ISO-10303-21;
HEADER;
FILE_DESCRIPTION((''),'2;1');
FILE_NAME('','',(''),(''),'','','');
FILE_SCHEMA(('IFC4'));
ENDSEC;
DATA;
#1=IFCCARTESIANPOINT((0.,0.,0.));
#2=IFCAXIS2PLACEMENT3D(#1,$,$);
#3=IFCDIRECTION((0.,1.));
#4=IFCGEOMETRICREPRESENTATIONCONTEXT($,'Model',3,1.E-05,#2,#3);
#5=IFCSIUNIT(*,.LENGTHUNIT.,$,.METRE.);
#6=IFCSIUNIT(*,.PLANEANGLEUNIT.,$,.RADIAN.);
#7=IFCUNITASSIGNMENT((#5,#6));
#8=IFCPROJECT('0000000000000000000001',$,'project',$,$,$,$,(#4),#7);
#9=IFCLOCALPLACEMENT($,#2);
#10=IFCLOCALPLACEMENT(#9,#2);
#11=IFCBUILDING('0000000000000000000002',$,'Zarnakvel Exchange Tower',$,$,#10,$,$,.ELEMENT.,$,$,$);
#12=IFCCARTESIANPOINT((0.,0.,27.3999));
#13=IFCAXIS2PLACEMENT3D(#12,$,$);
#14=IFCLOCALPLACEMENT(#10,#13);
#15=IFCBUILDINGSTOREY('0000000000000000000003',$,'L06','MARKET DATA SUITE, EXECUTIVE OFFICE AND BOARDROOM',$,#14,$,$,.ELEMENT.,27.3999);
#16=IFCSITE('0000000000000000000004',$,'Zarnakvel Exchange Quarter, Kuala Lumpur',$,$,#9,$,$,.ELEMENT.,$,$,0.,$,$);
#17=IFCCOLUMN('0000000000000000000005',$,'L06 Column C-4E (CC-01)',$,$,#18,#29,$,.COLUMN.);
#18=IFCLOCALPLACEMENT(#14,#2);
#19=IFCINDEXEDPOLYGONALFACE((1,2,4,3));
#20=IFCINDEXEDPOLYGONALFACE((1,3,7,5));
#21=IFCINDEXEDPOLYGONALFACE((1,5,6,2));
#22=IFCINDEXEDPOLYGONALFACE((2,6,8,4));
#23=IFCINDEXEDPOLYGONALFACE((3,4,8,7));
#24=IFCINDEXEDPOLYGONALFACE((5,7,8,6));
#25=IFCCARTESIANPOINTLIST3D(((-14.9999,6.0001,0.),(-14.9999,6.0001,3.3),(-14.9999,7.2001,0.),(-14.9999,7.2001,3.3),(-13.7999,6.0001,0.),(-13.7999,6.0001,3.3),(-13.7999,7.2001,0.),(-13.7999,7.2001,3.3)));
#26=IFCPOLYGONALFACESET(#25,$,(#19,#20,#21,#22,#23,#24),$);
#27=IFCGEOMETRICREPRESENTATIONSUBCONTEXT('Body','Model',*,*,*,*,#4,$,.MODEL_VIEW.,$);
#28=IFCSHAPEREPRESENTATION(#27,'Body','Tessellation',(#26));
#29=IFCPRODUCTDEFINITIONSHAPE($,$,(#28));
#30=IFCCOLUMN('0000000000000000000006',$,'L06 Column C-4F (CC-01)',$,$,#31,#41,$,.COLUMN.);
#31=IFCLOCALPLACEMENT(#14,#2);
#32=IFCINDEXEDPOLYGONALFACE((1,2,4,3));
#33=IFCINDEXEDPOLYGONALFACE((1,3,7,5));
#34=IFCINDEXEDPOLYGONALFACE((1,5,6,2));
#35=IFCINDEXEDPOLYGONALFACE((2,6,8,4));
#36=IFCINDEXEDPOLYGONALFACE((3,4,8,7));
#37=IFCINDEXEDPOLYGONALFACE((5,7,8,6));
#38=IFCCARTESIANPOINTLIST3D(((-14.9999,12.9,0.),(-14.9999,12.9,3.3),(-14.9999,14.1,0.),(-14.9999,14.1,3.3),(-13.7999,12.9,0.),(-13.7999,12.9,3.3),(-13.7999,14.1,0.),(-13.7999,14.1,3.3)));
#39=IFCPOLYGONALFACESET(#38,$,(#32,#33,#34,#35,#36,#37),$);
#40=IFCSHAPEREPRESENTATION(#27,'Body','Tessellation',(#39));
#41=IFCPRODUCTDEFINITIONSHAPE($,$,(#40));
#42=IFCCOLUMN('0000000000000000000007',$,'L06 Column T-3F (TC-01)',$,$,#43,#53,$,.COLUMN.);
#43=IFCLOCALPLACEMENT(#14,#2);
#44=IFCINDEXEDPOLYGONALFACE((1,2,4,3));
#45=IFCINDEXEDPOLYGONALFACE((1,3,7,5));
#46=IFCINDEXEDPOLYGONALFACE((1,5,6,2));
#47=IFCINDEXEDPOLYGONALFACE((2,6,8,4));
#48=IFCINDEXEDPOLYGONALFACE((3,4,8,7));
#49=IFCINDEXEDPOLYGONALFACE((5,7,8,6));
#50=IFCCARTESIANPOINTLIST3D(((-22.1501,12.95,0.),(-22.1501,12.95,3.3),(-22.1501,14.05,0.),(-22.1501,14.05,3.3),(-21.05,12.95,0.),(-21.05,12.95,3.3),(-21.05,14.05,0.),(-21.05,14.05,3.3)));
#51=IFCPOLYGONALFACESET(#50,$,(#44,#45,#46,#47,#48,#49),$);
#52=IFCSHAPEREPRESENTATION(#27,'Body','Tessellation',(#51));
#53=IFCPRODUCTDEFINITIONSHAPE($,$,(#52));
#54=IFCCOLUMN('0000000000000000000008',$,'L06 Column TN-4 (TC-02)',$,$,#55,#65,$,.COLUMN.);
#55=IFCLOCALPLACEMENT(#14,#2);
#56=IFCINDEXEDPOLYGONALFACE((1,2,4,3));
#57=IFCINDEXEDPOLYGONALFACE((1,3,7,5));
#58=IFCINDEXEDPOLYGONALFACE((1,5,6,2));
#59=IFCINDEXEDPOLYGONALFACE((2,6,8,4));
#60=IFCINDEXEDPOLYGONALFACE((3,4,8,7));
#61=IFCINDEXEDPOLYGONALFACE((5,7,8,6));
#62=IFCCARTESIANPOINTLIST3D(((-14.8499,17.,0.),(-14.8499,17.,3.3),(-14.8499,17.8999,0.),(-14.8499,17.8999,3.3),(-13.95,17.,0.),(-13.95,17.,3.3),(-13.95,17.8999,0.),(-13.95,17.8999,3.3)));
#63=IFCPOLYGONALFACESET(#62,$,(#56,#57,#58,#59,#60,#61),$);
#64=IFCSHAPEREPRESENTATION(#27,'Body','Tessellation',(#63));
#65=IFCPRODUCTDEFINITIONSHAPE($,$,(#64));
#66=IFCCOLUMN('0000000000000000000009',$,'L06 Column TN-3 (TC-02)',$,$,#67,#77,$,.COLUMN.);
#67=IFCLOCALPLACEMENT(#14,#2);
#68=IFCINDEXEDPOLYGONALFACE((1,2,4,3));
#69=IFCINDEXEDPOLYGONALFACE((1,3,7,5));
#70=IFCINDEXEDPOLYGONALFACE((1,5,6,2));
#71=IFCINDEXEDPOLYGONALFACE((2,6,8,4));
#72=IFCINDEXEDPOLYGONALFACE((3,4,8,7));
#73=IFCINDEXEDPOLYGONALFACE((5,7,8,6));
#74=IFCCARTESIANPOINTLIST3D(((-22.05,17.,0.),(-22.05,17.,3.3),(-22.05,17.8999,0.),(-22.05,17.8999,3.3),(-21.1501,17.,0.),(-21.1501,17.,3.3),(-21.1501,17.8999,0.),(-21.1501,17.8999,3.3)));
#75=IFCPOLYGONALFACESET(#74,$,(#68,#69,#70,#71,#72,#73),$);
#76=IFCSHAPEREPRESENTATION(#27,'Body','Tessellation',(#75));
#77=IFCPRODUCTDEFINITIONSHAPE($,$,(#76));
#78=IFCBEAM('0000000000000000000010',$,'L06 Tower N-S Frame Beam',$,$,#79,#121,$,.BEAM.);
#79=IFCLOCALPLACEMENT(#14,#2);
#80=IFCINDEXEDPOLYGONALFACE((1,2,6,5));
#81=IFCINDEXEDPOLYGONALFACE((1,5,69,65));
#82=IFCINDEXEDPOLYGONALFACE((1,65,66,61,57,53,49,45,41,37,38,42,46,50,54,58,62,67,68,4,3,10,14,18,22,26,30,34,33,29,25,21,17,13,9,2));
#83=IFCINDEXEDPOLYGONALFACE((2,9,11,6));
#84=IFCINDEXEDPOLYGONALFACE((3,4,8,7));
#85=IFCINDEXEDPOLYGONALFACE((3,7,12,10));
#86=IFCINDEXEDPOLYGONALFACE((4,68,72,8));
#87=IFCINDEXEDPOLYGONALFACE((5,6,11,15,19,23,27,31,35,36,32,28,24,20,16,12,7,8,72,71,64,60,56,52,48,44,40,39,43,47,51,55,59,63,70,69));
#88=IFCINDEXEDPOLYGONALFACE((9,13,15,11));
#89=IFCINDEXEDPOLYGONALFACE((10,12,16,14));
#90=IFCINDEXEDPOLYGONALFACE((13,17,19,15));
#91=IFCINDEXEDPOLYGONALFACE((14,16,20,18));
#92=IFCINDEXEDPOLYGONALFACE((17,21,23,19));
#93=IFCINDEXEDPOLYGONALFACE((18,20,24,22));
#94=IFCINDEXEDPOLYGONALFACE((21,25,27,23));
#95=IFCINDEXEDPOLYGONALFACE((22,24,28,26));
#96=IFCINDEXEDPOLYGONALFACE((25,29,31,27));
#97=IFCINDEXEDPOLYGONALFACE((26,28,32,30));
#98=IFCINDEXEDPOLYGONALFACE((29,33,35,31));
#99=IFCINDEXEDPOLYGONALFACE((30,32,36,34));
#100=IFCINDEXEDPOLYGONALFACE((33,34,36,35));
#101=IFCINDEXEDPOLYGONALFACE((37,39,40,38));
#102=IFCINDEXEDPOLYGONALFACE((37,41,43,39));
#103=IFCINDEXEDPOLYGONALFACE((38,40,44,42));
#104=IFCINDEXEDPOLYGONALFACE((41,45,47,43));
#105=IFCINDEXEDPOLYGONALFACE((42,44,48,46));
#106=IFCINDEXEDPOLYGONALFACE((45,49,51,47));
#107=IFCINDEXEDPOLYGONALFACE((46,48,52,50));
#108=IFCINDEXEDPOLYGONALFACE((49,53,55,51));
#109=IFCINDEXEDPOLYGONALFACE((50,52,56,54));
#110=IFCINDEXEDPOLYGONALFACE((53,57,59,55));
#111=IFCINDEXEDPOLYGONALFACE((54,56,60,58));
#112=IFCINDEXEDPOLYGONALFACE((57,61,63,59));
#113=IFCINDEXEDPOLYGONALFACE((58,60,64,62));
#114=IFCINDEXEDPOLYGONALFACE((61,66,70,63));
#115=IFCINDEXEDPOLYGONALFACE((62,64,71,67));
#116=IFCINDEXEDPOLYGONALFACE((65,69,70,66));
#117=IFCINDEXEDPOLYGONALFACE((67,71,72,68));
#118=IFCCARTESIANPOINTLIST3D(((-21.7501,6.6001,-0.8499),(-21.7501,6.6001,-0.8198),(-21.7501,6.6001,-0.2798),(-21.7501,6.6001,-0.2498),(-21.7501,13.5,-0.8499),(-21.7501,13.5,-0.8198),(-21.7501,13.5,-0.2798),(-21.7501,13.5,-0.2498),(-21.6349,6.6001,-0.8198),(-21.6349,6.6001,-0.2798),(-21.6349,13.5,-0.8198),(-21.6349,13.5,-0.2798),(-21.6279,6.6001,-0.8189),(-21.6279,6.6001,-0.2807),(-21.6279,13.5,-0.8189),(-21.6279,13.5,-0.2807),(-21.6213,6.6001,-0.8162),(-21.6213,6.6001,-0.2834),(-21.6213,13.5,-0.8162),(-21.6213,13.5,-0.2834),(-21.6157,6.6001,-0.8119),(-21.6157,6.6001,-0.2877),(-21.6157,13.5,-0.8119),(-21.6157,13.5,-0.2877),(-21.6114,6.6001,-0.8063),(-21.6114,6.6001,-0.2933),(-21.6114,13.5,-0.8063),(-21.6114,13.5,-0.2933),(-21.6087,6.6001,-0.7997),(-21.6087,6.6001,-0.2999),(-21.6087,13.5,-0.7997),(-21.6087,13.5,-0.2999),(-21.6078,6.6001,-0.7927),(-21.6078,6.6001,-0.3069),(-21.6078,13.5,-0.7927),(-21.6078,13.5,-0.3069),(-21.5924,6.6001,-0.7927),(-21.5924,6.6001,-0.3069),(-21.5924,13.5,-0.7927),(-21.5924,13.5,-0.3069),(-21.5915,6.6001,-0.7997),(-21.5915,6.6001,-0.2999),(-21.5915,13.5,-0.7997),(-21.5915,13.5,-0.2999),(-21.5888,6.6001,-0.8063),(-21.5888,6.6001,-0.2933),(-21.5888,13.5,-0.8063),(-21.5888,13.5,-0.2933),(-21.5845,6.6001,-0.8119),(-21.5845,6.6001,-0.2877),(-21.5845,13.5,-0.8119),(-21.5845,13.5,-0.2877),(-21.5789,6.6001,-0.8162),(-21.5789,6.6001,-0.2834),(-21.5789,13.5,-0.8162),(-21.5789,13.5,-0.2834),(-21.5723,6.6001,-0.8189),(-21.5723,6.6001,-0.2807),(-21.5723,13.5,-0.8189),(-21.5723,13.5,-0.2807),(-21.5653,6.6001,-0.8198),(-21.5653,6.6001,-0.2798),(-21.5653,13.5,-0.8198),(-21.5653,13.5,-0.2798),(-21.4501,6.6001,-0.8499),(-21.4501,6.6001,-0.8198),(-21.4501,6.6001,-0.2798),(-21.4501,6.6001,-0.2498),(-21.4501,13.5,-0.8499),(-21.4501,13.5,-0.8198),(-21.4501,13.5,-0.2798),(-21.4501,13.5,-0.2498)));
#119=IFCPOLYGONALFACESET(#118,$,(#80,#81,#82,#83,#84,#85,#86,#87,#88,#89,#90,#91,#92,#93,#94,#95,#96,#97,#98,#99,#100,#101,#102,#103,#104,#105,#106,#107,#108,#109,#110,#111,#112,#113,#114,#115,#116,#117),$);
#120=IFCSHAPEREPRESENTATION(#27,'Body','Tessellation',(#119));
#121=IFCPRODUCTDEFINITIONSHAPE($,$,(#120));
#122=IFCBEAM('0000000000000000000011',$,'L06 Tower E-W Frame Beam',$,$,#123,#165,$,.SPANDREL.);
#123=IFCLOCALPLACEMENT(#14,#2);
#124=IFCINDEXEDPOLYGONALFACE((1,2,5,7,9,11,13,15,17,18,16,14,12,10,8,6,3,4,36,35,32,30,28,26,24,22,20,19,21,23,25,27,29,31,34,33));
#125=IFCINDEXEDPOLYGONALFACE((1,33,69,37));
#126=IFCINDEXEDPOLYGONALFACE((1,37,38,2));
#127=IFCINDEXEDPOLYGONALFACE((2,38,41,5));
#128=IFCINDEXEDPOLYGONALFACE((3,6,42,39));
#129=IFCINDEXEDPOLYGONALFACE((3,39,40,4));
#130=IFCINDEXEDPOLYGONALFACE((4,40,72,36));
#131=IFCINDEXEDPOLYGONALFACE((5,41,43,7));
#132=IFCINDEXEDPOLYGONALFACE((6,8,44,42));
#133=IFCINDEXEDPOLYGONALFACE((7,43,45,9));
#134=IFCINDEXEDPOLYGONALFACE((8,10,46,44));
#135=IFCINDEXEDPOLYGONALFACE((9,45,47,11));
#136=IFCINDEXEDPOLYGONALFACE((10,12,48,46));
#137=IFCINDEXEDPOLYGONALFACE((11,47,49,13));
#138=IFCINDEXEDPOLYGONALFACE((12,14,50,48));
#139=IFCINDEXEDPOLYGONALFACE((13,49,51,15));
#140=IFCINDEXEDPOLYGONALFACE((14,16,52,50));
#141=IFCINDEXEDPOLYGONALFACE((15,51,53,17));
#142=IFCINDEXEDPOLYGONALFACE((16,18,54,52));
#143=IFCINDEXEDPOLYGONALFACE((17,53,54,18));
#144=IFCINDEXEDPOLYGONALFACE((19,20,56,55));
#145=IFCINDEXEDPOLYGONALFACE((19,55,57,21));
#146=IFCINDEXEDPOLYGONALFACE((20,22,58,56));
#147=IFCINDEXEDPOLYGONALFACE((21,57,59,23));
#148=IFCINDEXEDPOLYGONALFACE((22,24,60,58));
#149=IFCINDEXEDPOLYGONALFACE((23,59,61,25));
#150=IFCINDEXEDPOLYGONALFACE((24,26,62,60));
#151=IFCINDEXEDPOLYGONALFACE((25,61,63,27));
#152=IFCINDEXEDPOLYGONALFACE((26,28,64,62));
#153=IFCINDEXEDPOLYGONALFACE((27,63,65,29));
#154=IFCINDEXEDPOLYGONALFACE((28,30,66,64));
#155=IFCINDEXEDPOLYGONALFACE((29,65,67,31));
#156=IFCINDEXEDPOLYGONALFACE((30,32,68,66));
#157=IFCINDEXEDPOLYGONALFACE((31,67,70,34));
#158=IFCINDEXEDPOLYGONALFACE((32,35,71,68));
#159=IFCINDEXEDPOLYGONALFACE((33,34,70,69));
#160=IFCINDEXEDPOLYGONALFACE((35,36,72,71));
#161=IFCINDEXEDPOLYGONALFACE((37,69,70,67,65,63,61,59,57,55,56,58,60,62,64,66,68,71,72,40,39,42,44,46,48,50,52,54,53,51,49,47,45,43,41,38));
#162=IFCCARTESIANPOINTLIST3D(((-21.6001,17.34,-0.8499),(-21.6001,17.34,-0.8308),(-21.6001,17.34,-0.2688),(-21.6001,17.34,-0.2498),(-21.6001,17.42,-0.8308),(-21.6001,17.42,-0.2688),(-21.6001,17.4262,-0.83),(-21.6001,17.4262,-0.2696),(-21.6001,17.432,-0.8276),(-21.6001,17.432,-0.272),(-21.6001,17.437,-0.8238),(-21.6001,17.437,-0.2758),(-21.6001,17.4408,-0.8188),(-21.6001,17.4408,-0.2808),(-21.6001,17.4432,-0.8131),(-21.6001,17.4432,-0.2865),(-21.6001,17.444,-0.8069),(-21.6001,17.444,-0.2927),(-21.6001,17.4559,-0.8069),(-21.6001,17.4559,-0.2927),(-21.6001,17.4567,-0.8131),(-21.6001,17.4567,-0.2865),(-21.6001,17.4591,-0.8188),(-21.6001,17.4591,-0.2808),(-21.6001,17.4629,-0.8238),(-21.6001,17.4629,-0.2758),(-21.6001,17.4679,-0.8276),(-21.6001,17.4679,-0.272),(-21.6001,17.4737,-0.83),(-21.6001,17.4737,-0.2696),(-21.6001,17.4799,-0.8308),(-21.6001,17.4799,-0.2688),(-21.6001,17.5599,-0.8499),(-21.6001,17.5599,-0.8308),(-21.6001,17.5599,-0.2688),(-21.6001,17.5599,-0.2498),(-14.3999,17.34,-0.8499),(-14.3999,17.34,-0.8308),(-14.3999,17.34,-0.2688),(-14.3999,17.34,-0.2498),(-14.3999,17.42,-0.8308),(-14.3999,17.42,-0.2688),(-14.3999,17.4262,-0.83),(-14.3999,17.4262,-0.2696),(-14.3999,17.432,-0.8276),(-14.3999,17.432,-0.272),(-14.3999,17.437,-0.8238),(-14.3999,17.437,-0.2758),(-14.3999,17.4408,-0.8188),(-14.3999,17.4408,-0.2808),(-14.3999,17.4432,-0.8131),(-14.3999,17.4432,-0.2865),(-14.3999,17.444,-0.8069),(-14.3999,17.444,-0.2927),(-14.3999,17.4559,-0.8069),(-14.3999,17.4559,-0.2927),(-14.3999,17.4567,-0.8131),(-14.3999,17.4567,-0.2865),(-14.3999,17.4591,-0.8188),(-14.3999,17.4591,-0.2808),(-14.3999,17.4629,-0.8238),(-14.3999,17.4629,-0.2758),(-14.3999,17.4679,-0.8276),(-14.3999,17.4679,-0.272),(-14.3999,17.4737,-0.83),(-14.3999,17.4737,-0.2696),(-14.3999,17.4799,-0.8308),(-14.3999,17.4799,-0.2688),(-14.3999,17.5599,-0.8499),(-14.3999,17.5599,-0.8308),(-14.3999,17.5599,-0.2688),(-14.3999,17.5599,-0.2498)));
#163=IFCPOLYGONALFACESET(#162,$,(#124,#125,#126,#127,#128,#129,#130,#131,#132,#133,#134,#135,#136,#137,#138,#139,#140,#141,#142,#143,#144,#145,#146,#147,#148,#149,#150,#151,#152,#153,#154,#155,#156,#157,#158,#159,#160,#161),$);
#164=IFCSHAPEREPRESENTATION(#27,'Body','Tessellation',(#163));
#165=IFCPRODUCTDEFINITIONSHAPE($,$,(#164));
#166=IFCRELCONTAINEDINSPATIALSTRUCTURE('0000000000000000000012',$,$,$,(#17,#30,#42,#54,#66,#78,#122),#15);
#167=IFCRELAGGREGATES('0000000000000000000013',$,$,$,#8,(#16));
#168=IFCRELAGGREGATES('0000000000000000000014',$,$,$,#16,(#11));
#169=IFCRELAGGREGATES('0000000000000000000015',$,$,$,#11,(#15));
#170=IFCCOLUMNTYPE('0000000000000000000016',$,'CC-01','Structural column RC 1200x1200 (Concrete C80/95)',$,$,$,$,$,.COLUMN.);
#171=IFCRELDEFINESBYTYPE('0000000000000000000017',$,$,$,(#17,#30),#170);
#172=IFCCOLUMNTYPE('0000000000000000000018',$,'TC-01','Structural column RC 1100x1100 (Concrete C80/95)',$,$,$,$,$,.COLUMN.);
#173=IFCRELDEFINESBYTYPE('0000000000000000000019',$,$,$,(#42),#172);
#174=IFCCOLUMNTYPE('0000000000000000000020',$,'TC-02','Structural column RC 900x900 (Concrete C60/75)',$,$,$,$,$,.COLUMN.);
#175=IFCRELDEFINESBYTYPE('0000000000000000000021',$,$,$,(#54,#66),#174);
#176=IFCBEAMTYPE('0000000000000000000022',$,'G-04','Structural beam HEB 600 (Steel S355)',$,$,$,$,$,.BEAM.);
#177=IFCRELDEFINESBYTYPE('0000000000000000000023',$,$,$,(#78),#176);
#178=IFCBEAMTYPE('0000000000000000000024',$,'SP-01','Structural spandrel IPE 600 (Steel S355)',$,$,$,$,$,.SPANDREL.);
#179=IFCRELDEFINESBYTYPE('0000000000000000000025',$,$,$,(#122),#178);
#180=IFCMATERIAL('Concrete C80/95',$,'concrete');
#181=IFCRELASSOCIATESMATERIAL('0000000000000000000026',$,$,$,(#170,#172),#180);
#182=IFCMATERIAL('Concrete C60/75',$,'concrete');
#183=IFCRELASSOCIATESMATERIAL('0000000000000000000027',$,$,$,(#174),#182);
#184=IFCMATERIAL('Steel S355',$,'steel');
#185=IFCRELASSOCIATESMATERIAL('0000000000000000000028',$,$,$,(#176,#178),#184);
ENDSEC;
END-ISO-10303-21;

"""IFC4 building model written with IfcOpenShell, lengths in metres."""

from ifc_helpers import new_model, si_unit, direction, frame, origin, origin_2d, place, context, subcontext, project, spatial, rectangle, i_section, extrude, material, material_profile, profile_set, type_object, element, save


model = new_model("IFC4")

# Units and contexts
model_context = context("Model", 3, precision=1e-05, world=origin(), true_north=direction((0.0, 1.0)))
body_context = subcontext(model_context, "Body", "Model", "MODEL_VIEW")
ifc_project = project(units=[si_unit("LENGTHUNIT", "METRE"), si_unit("PLANEANGLEUNIT", "RADIAN")], contexts=[model_context])

# Site, building, storey
site_placement = place(None, origin())
site = spatial("IfcSite", under=ifc_project, at=site_placement, Name="Zarnakvel Exchange Quarter, Kuala Lumpur", CompositionType="ELEMENT", RefElevation=0.0)
building_placement = place(site_placement, origin())
building = spatial("IfcBuilding", under=site, at=building_placement, Name="Zarnakvel Exchange Tower", CompositionType="ELEMENT")
storey_placement = place(building_placement, frame((0.0, 0.0, 27.3999)))
storey = spatial("IfcBuildingStorey", under=building, at=storey_placement, Name="L06", Description="MARKET DATA SUITE, EXECUTIVE OFFICE AND BOARDROOM", CompositionType="ELEMENT", Elevation=27.3999)

# Columns
ifc_material_1 = material(Name="Concrete C80/95", Category="concrete")
ifc_material_profile_1 = material_profile(ifc_material_1, rectangle(XDim=1.2, YDim=1.2, at=origin_2d()))
ifc_profile_set_1 = profile_set([ifc_material_profile_1], Name="Concrete C80/95")
column_type_1 = type_object("IfcColumnType", Name="CC-01", Description="Structural column RC 1200x1200 (Concrete C80/95)", PredefinedType="COLUMN", material=ifc_profile_set_1)
for number, where, z_axis, x_axis, name in (
    (1, (-14.3999, 6.6001, 0.0), (0.0, 0.0, 1.0), (1.0, 0.0, 0.0), "L06 Column C-4E (CC-01)"),
    (2, (-14.3999, 13.5, 0.0), (0.0, 0.0, 1.0), (1.0, 0.0, 0.0), "L06 Column C-4F (CC-01)"),
):
    element("IfcColumn", number, at=place(storey_placement, frame(where, z_axis=z_axis, x_axis=x_axis)), inside=storey, type_object=column_type_1, Name=name, PredefinedType="COLUMN", context=body_context, shape_type="SweptSolid", body=[
        extrude(rectangle(XDim=1.2, YDim=1.2, at=origin_2d()), origin(), (0.0, 0.0, 1.0), 3.3),
    ])
ifc_material_profile_2 = material_profile(ifc_material_1, rectangle(XDim=1.1001, YDim=1.1001, at=origin_2d()))
ifc_profile_set_2 = profile_set([ifc_material_profile_2], Name="Concrete C80/95")
column_type_2 = type_object("IfcColumnType", Name="TC-01", Description="Structural column RC 1100x1100 (Concrete C80/95)", PredefinedType="COLUMN", material=ifc_profile_set_2)
column_placement = place(storey_placement, frame((-21.6001, 13.5, 0.0), z_axis=(0.0, 0.0, 1.0), x_axis=(1.0, 0.0, 0.0)))
element("IfcColumn", 3, at=column_placement, inside=storey, type_object=column_type_2, Name="L06 Column T-3F (TC-01)", PredefinedType="COLUMN", context=body_context, shape_type="SweptSolid", body=[
    extrude(rectangle(XDim=1.1001, YDim=1.1001, at=origin_2d()), origin(), (0.0, 0.0, 1.0), 3.3),
])
ifc_material_2 = material(Name="Concrete C60/75", Category="concrete")
ifc_material_profile_3 = material_profile(ifc_material_2, rectangle(XDim=0.8999, YDim=0.8999, at=origin_2d()))
ifc_profile_set_3 = profile_set([ifc_material_profile_3], Name="Concrete C60/75")
column_type_3 = type_object("IfcColumnType", Name="TC-02", Description="Structural column RC 900x900 (Concrete C60/75)", PredefinedType="COLUMN", material=ifc_profile_set_3)
for number, where, z_axis, x_axis, name in (
    (4, (-14.3999, 17.45, 0.0), (0.0, 0.0, 1.0), (1.0, 0.0, 0.0), "L06 Column TN-4 (TC-02)"),
    (5, (-21.6001, 17.45, 0.0), (0.0, 0.0, 1.0), (1.0, 0.0, 0.0), "L06 Column TN-3 (TC-02)"),
):
    element("IfcColumn", number, at=place(storey_placement, frame(where, z_axis=z_axis, x_axis=x_axis)), inside=storey, type_object=column_type_3, Name=name, PredefinedType="COLUMN", context=body_context, shape_type="SweptSolid", body=[
        extrude(rectangle(XDim=0.8999, YDim=0.8999, at=origin_2d()), origin(), (0.0, 0.0, 1.0), 3.3),
    ])

# Beams
ifc_material_3 = material(Name="Steel S355", Category="steel")
ifc_material_profile_4 = material_profile(ifc_material_3, i_section(OverallWidth=0.3, OverallDepth=0.6001, WebThickness=0.0154, FlangeThickness=0.03, FilletRadius=0.0271, at=origin_2d()))
ifc_profile_set_4 = profile_set([ifc_material_profile_4], Name="Steel S355")
beam_type_1 = type_object("IfcBeamType", Name="G-04", Description="Structural beam HEB 600 (Steel S355)", PredefinedType="BEAM", material=ifc_profile_set_4)
beam_1_placement = place(storey_placement, frame((-21.6001, 6.6001, -0.5498), z_axis=(0.0, 1.0, 0.0), x_axis=(-1.0, 0.0, 0.0)))
element("IfcBeam", 6, at=beam_1_placement, inside=storey, type_object=beam_type_1, Name="L06 Tower N-S Frame Beam", PredefinedType="BEAM", context=body_context, shape_type="SweptSolid", body=[
    extrude(i_section(OverallWidth=0.3, OverallDepth=0.6001, WebThickness=0.0154, FlangeThickness=0.03, FilletRadius=0.0271, at=origin_2d()), origin(), (0.0, 0.0, 1.0), 6.8999),
])
ifc_material_profile_5 = material_profile(ifc_material_3, i_section(OverallWidth=0.22, OverallDepth=0.6001, WebThickness=0.012, FlangeThickness=0.019, FilletRadius=0.0239, at=origin_2d()))
ifc_profile_set_5 = profile_set([ifc_material_profile_5], Name="Steel S355")
beam_type_2 = type_object("IfcBeamType", Name="SP-01", Description="Structural spandrel IPE 600 (Steel S355)", PredefinedType="SPANDREL", material=ifc_profile_set_5)
beam_2_placement = place(storey_placement, frame((-21.6001, 17.45, -0.5498), z_axis=(1.0, 0.0, 0.0), x_axis=(0.0, 1.0, 0.0)))
element("IfcBeam", 7, at=beam_2_placement, inside=storey, type_object=beam_type_2, Name="L06 Tower E-W Frame Beam", PredefinedType="SPANDREL", context=body_context, shape_type="SweptSolid", body=[
    extrude(i_section(OverallWidth=0.22, OverallDepth=0.6001, WebThickness=0.012, FlangeThickness=0.019, FilletRadius=0.0239, at=origin_2d()), origin(), (0.0, 0.0, 1.0), 7.2002),
])

save(model, "model.ifc")
